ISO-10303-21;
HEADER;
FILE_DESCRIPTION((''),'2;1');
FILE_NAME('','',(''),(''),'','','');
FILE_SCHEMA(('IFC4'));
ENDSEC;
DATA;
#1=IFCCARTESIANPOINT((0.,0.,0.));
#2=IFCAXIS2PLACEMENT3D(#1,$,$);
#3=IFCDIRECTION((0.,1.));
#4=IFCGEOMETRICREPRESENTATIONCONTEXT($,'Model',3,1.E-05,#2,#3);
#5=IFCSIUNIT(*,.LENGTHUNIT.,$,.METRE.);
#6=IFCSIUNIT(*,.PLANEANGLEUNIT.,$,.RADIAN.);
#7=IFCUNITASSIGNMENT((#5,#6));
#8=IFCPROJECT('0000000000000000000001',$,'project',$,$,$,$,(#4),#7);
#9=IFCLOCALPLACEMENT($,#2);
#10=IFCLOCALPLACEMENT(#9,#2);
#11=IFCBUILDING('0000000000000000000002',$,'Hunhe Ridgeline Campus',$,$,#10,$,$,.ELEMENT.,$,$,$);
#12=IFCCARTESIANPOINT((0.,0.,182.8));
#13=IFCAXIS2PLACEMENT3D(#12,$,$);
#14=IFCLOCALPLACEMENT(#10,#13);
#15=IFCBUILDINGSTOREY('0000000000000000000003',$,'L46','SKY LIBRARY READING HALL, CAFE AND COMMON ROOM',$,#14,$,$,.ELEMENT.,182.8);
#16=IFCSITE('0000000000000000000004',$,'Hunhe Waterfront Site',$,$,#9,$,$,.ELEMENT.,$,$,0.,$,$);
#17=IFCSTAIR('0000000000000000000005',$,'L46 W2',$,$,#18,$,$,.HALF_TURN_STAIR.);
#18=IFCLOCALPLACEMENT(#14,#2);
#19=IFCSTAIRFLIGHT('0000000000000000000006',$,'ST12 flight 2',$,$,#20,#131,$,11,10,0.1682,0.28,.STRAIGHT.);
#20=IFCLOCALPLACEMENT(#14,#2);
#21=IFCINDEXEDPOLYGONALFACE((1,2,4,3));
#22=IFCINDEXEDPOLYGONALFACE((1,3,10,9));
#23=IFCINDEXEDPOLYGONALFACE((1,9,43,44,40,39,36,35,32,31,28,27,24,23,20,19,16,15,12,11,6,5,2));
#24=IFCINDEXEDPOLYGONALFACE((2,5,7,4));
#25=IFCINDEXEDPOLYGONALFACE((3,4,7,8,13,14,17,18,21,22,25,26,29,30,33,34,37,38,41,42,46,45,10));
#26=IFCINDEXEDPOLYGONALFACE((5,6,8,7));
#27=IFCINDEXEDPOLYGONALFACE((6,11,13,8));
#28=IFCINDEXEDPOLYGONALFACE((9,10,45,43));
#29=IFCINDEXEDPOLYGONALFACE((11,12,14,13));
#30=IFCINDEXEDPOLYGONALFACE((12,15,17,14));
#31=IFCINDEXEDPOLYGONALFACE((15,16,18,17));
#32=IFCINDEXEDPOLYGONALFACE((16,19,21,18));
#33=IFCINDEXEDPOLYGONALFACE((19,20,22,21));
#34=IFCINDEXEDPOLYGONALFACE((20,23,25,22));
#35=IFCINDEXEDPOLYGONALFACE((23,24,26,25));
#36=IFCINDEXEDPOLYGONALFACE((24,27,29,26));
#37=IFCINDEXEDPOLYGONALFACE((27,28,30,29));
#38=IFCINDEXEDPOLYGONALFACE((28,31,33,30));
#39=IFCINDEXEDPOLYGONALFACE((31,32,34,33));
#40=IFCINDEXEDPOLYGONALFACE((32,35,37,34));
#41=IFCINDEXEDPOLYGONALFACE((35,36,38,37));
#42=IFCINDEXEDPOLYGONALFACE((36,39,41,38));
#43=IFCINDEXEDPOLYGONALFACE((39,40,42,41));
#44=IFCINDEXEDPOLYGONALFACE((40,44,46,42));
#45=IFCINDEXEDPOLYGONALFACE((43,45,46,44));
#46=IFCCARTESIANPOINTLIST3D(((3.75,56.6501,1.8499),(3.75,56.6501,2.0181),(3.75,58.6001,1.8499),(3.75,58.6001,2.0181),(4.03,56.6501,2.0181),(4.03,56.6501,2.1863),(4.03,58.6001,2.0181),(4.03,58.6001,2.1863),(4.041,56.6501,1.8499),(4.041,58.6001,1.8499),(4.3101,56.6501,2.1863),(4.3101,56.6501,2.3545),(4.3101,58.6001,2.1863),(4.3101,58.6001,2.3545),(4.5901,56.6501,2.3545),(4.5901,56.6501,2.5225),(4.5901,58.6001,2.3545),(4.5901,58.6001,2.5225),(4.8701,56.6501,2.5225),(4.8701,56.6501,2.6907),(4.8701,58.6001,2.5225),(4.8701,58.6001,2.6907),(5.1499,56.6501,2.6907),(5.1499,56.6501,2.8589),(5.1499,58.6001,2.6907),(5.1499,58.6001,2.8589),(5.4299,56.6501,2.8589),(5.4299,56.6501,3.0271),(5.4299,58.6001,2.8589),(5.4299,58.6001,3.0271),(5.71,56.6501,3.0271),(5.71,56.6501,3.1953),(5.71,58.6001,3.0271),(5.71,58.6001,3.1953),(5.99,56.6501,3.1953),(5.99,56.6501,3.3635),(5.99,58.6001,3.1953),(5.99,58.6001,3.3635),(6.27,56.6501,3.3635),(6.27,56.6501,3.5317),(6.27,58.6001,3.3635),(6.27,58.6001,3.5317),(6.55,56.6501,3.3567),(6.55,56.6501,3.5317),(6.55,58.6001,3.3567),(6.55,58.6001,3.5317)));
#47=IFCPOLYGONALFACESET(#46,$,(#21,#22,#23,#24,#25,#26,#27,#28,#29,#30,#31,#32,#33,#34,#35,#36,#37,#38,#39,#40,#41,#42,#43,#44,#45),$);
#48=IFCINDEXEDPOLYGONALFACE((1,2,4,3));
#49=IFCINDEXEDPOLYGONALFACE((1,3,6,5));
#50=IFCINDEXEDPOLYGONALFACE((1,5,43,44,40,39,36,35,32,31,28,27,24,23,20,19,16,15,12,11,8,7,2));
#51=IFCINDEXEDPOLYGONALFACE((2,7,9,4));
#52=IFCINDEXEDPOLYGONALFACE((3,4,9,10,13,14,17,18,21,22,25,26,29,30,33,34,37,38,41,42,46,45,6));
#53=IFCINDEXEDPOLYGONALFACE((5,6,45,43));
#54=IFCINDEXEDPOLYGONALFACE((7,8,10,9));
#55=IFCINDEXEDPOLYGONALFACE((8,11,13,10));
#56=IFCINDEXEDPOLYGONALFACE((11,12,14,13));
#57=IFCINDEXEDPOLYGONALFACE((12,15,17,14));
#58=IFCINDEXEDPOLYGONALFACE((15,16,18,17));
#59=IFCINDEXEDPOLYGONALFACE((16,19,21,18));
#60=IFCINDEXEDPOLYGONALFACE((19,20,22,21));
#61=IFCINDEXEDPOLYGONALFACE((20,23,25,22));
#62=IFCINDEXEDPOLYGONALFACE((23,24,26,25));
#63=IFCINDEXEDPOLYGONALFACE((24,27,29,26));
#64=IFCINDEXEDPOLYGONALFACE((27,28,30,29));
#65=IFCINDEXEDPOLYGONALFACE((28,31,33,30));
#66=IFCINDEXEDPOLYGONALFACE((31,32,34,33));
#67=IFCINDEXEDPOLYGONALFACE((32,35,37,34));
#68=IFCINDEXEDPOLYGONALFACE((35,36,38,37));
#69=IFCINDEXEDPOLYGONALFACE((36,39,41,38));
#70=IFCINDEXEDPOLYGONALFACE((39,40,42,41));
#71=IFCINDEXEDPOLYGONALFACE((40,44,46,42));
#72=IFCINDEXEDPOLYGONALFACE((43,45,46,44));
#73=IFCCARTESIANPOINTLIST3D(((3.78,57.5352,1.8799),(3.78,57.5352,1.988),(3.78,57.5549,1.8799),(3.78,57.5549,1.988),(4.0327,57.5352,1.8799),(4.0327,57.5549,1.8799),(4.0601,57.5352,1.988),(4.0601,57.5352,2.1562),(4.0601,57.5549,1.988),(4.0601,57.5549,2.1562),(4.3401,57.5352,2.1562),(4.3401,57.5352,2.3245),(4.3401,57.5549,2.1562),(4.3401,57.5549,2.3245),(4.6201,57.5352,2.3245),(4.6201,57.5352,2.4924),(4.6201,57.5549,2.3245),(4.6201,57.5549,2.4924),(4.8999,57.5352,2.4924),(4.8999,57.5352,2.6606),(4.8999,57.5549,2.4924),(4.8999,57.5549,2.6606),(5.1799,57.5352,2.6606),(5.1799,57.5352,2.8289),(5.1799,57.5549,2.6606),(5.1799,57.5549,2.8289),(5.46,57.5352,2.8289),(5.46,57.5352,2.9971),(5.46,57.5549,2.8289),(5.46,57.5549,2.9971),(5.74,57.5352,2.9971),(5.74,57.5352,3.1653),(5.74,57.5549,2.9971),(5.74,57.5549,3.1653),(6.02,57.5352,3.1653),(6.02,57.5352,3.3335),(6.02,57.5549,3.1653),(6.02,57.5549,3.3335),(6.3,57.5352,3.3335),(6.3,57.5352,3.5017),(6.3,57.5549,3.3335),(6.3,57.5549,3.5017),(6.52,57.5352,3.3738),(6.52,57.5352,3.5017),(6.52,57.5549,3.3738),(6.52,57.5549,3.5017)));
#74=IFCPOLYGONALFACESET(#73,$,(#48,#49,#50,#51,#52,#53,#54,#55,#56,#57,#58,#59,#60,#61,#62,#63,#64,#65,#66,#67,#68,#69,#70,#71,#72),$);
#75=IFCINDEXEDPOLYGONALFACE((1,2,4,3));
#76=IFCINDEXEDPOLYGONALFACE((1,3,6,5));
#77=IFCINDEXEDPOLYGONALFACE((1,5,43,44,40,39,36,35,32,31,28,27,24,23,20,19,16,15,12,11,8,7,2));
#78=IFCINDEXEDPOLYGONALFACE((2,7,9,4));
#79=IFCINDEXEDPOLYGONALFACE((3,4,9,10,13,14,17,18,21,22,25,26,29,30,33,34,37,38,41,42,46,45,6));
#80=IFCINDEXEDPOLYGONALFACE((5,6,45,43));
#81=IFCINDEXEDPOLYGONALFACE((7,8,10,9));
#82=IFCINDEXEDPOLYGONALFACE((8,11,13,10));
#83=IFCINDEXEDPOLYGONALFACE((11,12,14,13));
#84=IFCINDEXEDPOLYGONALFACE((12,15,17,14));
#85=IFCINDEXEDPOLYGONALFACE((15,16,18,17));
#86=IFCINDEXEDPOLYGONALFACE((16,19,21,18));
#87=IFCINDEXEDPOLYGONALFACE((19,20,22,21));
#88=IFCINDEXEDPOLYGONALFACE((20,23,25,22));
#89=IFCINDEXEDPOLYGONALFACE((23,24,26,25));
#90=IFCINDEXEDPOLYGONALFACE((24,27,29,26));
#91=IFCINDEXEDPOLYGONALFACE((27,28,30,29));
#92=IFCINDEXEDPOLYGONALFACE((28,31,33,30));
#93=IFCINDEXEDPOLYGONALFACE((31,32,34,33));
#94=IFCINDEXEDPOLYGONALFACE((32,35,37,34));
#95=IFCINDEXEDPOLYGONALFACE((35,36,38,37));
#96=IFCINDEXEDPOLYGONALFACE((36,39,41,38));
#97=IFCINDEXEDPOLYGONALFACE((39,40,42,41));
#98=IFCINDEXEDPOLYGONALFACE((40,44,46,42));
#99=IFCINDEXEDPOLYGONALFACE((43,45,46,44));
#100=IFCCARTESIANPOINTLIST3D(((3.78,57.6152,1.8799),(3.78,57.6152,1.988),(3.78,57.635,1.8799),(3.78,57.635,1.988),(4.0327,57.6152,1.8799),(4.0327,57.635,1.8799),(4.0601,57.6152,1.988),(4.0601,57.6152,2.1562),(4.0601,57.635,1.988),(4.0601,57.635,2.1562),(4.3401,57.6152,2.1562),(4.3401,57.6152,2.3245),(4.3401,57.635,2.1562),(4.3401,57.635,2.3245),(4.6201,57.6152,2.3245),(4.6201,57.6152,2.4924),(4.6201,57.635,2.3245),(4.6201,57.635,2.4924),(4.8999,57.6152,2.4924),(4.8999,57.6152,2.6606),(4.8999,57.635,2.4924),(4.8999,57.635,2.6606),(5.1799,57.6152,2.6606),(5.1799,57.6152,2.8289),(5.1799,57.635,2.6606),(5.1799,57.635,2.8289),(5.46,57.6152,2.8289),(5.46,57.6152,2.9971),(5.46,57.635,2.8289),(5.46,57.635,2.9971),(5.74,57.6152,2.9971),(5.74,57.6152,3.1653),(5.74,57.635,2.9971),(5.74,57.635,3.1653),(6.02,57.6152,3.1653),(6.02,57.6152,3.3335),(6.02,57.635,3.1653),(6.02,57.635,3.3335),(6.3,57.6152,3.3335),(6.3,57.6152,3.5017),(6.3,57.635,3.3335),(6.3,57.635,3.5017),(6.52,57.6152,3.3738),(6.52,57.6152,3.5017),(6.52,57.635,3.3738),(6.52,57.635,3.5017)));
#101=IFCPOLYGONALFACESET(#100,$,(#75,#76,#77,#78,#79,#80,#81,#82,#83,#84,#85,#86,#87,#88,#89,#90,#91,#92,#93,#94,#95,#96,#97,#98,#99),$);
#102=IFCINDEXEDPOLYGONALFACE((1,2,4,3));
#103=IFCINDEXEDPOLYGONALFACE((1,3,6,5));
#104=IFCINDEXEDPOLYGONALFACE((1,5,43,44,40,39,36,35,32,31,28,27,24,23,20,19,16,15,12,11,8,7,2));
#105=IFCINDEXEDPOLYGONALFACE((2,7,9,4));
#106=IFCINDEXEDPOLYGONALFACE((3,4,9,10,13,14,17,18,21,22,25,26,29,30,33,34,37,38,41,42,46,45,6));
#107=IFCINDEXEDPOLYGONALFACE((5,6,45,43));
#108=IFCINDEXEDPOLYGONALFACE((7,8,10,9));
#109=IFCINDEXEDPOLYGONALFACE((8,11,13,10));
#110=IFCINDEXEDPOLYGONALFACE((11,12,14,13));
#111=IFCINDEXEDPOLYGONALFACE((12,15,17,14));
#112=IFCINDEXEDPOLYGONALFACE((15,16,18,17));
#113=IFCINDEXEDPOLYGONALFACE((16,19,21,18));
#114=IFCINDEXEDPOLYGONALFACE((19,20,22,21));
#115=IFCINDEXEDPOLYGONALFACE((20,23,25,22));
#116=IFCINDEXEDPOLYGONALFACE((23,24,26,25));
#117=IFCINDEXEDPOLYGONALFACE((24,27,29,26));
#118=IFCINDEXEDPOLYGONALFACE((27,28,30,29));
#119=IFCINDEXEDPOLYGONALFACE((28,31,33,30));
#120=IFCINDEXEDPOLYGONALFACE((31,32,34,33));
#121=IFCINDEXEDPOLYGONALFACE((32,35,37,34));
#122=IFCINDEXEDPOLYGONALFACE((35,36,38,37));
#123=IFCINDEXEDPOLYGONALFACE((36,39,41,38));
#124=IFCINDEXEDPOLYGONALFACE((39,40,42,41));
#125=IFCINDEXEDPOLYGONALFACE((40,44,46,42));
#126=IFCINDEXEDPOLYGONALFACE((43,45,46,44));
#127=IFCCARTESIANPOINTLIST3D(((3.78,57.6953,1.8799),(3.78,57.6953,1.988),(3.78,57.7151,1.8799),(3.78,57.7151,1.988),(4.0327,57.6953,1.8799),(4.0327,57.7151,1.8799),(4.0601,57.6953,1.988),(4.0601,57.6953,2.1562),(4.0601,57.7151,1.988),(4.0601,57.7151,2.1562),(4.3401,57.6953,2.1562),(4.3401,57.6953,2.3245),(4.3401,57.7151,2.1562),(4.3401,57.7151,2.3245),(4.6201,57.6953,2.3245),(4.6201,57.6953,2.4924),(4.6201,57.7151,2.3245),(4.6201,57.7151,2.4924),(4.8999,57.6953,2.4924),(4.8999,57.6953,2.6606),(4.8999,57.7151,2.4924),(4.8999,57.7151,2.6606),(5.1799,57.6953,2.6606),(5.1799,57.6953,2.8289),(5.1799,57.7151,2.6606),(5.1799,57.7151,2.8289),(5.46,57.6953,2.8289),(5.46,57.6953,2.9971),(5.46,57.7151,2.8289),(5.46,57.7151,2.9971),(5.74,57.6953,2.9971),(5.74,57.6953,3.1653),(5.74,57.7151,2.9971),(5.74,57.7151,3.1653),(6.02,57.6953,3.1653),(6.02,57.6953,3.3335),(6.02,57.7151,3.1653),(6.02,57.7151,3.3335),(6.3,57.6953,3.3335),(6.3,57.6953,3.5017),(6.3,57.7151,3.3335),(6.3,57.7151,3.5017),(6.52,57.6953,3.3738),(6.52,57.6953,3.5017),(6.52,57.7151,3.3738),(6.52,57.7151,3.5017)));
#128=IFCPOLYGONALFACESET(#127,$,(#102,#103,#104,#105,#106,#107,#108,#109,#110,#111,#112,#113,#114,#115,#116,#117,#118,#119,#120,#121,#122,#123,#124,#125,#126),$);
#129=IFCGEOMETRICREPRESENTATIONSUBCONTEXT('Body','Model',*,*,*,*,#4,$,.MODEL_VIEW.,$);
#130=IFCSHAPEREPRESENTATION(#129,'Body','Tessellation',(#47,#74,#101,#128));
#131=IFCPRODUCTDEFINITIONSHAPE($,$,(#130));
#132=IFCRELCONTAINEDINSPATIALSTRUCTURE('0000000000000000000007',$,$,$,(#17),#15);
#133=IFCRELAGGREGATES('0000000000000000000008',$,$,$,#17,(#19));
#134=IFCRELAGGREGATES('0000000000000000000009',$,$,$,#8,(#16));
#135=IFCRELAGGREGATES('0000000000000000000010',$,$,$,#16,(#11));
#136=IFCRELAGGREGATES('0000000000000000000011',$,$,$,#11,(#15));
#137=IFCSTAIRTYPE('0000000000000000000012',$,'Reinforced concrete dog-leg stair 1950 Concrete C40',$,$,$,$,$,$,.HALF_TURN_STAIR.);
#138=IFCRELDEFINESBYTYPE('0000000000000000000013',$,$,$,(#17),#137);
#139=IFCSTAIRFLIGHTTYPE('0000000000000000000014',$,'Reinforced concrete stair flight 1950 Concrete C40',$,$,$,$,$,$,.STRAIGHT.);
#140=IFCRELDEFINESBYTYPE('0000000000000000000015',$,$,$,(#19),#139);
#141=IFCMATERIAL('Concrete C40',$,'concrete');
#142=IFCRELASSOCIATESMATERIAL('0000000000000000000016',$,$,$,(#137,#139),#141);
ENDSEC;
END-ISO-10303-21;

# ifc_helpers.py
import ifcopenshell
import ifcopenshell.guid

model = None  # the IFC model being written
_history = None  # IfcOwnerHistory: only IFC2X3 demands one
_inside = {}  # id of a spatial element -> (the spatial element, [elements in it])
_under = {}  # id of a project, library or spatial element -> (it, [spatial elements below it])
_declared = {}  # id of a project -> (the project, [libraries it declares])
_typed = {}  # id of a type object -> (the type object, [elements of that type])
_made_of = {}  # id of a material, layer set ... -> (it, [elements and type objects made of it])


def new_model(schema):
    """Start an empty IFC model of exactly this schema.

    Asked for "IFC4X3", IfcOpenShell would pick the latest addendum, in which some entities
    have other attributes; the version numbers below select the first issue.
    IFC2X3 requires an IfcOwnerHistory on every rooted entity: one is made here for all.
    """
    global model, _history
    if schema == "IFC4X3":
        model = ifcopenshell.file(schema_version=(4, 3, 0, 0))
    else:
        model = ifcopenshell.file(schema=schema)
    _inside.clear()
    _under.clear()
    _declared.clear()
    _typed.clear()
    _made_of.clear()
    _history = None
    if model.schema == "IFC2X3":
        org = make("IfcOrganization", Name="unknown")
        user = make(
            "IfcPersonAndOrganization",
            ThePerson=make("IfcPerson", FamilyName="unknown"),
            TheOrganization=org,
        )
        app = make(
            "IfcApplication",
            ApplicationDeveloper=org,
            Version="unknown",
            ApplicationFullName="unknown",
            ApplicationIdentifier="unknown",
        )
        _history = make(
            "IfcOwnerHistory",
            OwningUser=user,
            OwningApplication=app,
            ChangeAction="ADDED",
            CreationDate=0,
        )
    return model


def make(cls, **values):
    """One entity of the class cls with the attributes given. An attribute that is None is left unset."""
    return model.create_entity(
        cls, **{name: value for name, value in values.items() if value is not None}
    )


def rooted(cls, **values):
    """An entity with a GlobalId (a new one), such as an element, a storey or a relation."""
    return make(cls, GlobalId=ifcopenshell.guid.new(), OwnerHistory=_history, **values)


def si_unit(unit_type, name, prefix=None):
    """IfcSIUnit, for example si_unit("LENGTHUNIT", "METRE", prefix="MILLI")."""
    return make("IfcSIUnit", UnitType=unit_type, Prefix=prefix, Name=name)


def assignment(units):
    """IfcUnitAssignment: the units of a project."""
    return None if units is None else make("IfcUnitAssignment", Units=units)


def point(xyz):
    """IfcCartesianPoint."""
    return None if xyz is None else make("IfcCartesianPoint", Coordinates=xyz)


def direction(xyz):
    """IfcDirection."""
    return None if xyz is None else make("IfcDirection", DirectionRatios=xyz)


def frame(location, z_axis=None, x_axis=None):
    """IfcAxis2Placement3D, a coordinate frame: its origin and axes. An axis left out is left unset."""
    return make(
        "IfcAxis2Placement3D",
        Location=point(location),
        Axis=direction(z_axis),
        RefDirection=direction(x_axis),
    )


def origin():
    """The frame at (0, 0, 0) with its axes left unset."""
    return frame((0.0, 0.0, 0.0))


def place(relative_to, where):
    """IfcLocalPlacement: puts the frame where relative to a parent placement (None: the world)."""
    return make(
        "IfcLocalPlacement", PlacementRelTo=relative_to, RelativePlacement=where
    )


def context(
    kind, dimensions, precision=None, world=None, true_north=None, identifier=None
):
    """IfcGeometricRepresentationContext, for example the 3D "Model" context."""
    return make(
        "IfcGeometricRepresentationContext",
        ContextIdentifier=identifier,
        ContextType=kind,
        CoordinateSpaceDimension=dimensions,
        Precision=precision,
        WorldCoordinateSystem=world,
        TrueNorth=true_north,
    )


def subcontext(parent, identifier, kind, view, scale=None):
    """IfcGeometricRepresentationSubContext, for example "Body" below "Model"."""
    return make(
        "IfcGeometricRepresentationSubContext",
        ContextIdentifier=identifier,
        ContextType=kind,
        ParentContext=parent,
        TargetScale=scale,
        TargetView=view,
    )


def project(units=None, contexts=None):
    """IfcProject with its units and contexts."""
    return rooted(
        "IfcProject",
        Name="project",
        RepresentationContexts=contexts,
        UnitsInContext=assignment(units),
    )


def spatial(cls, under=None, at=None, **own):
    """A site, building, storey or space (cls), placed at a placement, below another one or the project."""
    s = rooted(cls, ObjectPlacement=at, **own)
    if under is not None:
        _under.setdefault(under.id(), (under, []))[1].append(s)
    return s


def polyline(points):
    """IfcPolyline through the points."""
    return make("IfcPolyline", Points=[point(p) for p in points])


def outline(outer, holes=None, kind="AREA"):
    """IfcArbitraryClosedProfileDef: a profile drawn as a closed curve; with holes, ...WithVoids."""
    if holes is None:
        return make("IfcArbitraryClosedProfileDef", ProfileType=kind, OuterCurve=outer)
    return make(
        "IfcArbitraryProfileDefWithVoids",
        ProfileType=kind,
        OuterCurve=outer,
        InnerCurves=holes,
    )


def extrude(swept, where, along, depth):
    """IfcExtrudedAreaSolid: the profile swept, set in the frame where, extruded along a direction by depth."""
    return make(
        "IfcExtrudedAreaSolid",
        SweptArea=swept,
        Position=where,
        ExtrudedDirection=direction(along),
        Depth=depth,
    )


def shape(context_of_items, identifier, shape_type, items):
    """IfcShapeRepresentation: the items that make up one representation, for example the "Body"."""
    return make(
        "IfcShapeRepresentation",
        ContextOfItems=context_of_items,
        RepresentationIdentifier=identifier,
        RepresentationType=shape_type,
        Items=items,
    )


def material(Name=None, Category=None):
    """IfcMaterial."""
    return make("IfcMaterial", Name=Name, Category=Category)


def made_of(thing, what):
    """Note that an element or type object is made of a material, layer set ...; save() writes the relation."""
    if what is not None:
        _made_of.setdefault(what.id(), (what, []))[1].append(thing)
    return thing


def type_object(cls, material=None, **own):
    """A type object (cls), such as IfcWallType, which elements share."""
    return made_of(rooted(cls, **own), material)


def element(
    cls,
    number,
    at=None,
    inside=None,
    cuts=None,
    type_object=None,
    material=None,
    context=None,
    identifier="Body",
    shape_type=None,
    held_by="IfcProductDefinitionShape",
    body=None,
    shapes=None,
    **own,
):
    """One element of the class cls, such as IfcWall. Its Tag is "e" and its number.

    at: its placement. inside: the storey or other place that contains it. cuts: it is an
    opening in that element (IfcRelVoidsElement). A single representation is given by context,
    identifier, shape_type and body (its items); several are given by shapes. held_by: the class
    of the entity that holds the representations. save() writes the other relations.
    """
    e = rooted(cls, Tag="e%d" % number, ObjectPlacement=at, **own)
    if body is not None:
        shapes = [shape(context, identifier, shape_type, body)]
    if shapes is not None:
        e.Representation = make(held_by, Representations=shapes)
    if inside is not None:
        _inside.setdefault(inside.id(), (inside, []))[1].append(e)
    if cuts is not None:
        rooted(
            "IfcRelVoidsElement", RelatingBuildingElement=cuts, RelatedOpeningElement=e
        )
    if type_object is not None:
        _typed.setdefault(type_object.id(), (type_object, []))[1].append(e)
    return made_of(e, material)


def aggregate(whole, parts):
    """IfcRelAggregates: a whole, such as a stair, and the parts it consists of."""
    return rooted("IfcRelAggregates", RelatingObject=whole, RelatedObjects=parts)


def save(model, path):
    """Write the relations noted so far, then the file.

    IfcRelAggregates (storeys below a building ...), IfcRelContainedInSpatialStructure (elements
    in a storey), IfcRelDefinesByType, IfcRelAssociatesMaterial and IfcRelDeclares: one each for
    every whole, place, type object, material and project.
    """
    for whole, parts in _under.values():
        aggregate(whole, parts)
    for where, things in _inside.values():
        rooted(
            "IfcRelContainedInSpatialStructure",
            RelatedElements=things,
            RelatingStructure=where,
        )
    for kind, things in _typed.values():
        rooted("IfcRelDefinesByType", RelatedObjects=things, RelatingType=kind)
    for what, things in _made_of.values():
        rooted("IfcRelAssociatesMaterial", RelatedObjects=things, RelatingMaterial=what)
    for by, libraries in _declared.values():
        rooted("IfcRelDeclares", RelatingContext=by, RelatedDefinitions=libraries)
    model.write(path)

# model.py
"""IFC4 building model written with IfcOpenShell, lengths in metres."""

from ifc_helpers import new_model, si_unit, direction, frame, origin, place, context, subcontext, project, spatial, polyline, outline, extrude, material, type_object, element, aggregate, save


model = new_model("IFC4")

# Units and contexts
model_context = context("Model", 3, precision=1e-05, world=origin(), true_north=direction((0.0, 1.0)))
body_context = subcontext(model_context, "Body", "Model", "MODEL_VIEW")
ifc_project = project(units=[si_unit("LENGTHUNIT", "METRE"), si_unit("PLANEANGLEUNIT", "RADIAN")], contexts=[model_context])

# Site, building, storey
site_placement = place(None, origin())
site = spatial("IfcSite", under=ifc_project, at=site_placement, Name="Hunhe Waterfront Site", CompositionType="ELEMENT", RefElevation=0.0)
building_placement = place(site_placement, origin())
building = spatial("IfcBuilding", under=site, at=building_placement, Name="Hunhe Ridgeline Campus", CompositionType="ELEMENT")
storey_placement = place(building_placement, frame((0.0, 0.0, 182.8)))
storey = spatial("IfcBuildingStorey", under=building, at=storey_placement, Name="L46", Description="SKY LIBRARY READING HALL, CAFE AND COMMON ROOM", CompositionType="ELEMENT", Elevation=182.8)

# Stair, stair flight
ifc_material_1 = material(Name="Concrete C40", Category="concrete")
stair_type = type_object("IfcStairType", Name="Reinforced concrete dog-leg stair 1950 Concrete C40", PredefinedType="HALF_TURN_STAIR", material=ifc_material_1)
stair_flight_type = type_object("IfcStairFlightType", Name="Reinforced concrete stair flight 1950 Concrete C40", PredefinedType="STRAIGHT", material=ifc_material_1)
stair_1_placement = place(storey_placement, origin())
stair_1 = element("IfcStair", 1, at=stair_1_placement, inside=storey, type_object=stair_type, Name="L46 W2", PredefinedType="HALF_TURN_STAIR")
stair_flight_1_placement = place(storey_placement, frame((3.75, 57.625, 1.8499), z_axis=(0.0, 0.0, 1.0), x_axis=(1.0, 0.0, 0.0)))
stair_flight_1 = element("IfcStairFlight", 2, at=stair_flight_1_placement, type_object=stair_flight_type, Name="ST12 flight 2", NumberOfRisers=11, NumberOfTreads=10, PredefinedType="STRAIGHT", RiserHeight=0.1682, TreadLength=0.28, context=body_context, shape_type="SweptSolid", body=[
    extrude(outline(polyline([(0.0, 0.0), (0.0, 0.1682), (0.28, 0.1682), (0.28, 0.3364), (0.5601, 0.3364), (0.5601, 0.5046), (0.8401, 0.5046), (0.8401, 0.6726), (1.1201, 0.6726), (1.1201, 0.8408), (1.3999, 0.8408), (1.3999, 1.009), (1.6799, 1.009), (1.6799, 1.1772), (1.96, 1.1772), (1.96, 1.3455), (2.24, 1.3455), (2.24, 1.5137), (2.52, 1.5137), (2.52, 1.6819), (2.8, 1.6819), (2.8, 1.8501), (2.8, 1.5068), (0.291, 0.0), (0.0, 0.0)])), frame((0.0, 0.9751, 0.0), z_axis=(0.0, -1.0, 0.0), x_axis=(1.0, 0.0, 0.0)), (0.0, 0.0, 1.0), 1.95),
    extrude(outline(polyline([(0.03, 0.03), (0.03, 0.1382), (0.3101, 0.1382), (0.3101, 0.3064), (0.5901, 0.3064), (0.5901, 0.4746), (0.8701, 0.4746), (0.8701, 0.6426), (1.1499, 0.6426), (1.1499, 0.8108), (1.4299, 0.8108), (1.4299, 0.979), (1.71, 0.979), (1.71, 1.1472), (1.99, 1.1472), (1.99, 1.3154), (2.27, 1.3154), (2.27, 1.4836), (2.55, 1.4836), (2.55, 1.6519), (2.77, 1.6519), (2.77, 1.5239), (0.2827, 0.03), (0.03, 0.03)])), frame((0.0, -0.0701, 0.0), z_axis=(0.0, -1.0, 0.0), x_axis=(1.0, 0.0, 0.0)), (0.0, 0.0, 1.0), 0.0198),
    extrude(outline(polyline([(0.03, 0.03), (0.03, 0.1382), (0.3101, 0.1382), (0.3101, 0.3064), (0.5901, 0.3064), (0.5901, 0.4746), (0.8701, 0.4746), (0.8701, 0.6426), (1.1499, 0.6426), (1.1499, 0.8108), (1.4299, 0.8108), (1.4299, 0.979), (1.71, 0.979), (1.71, 1.1472), (1.99, 1.1472), (1.99, 1.3154), (2.27, 1.3154), (2.27, 1.4836), (2.55, 1.4836), (2.55, 1.6519), (2.77, 1.6519), (2.77, 1.5239), (0.2827, 0.03), (0.03, 0.03)])), frame((0.0, 0.01, 0.0), z_axis=(0.0, -1.0, 0.0), x_axis=(1.0, 0.0, 0.0)), (0.0, 0.0, 1.0), 0.0198),
    extrude(outline(polyline([(0.03, 0.03), (0.03, 0.1382), (0.3101, 0.1382), (0.3101, 0.3064), (0.5901, 0.3064), (0.5901, 0.4746), (0.8701, 0.4746), (0.8701, 0.6426), (1.1499, 0.6426), (1.1499, 0.8108), (1.4299, 0.8108), (1.4299, 0.979), (1.71, 0.979), (1.71, 1.1472), (1.99, 1.1472), (1.99, 1.3154), (2.27, 1.3154), (2.27, 1.4836), (2.55, 1.4836), (2.55, 1.6519), (2.77, 1.6519), (2.77, 1.5239), (0.2827, 0.03), (0.03, 0.03)])), frame((0.0, 0.0901, 0.0), z_axis=(0.0, -1.0, 0.0), x_axis=(1.0, 0.0, 0.0)), (0.0, 0.0, 1.0), 0.0198),
])
aggregate(stair_1, [stair_flight_1])

save(model, "model.ifc")
